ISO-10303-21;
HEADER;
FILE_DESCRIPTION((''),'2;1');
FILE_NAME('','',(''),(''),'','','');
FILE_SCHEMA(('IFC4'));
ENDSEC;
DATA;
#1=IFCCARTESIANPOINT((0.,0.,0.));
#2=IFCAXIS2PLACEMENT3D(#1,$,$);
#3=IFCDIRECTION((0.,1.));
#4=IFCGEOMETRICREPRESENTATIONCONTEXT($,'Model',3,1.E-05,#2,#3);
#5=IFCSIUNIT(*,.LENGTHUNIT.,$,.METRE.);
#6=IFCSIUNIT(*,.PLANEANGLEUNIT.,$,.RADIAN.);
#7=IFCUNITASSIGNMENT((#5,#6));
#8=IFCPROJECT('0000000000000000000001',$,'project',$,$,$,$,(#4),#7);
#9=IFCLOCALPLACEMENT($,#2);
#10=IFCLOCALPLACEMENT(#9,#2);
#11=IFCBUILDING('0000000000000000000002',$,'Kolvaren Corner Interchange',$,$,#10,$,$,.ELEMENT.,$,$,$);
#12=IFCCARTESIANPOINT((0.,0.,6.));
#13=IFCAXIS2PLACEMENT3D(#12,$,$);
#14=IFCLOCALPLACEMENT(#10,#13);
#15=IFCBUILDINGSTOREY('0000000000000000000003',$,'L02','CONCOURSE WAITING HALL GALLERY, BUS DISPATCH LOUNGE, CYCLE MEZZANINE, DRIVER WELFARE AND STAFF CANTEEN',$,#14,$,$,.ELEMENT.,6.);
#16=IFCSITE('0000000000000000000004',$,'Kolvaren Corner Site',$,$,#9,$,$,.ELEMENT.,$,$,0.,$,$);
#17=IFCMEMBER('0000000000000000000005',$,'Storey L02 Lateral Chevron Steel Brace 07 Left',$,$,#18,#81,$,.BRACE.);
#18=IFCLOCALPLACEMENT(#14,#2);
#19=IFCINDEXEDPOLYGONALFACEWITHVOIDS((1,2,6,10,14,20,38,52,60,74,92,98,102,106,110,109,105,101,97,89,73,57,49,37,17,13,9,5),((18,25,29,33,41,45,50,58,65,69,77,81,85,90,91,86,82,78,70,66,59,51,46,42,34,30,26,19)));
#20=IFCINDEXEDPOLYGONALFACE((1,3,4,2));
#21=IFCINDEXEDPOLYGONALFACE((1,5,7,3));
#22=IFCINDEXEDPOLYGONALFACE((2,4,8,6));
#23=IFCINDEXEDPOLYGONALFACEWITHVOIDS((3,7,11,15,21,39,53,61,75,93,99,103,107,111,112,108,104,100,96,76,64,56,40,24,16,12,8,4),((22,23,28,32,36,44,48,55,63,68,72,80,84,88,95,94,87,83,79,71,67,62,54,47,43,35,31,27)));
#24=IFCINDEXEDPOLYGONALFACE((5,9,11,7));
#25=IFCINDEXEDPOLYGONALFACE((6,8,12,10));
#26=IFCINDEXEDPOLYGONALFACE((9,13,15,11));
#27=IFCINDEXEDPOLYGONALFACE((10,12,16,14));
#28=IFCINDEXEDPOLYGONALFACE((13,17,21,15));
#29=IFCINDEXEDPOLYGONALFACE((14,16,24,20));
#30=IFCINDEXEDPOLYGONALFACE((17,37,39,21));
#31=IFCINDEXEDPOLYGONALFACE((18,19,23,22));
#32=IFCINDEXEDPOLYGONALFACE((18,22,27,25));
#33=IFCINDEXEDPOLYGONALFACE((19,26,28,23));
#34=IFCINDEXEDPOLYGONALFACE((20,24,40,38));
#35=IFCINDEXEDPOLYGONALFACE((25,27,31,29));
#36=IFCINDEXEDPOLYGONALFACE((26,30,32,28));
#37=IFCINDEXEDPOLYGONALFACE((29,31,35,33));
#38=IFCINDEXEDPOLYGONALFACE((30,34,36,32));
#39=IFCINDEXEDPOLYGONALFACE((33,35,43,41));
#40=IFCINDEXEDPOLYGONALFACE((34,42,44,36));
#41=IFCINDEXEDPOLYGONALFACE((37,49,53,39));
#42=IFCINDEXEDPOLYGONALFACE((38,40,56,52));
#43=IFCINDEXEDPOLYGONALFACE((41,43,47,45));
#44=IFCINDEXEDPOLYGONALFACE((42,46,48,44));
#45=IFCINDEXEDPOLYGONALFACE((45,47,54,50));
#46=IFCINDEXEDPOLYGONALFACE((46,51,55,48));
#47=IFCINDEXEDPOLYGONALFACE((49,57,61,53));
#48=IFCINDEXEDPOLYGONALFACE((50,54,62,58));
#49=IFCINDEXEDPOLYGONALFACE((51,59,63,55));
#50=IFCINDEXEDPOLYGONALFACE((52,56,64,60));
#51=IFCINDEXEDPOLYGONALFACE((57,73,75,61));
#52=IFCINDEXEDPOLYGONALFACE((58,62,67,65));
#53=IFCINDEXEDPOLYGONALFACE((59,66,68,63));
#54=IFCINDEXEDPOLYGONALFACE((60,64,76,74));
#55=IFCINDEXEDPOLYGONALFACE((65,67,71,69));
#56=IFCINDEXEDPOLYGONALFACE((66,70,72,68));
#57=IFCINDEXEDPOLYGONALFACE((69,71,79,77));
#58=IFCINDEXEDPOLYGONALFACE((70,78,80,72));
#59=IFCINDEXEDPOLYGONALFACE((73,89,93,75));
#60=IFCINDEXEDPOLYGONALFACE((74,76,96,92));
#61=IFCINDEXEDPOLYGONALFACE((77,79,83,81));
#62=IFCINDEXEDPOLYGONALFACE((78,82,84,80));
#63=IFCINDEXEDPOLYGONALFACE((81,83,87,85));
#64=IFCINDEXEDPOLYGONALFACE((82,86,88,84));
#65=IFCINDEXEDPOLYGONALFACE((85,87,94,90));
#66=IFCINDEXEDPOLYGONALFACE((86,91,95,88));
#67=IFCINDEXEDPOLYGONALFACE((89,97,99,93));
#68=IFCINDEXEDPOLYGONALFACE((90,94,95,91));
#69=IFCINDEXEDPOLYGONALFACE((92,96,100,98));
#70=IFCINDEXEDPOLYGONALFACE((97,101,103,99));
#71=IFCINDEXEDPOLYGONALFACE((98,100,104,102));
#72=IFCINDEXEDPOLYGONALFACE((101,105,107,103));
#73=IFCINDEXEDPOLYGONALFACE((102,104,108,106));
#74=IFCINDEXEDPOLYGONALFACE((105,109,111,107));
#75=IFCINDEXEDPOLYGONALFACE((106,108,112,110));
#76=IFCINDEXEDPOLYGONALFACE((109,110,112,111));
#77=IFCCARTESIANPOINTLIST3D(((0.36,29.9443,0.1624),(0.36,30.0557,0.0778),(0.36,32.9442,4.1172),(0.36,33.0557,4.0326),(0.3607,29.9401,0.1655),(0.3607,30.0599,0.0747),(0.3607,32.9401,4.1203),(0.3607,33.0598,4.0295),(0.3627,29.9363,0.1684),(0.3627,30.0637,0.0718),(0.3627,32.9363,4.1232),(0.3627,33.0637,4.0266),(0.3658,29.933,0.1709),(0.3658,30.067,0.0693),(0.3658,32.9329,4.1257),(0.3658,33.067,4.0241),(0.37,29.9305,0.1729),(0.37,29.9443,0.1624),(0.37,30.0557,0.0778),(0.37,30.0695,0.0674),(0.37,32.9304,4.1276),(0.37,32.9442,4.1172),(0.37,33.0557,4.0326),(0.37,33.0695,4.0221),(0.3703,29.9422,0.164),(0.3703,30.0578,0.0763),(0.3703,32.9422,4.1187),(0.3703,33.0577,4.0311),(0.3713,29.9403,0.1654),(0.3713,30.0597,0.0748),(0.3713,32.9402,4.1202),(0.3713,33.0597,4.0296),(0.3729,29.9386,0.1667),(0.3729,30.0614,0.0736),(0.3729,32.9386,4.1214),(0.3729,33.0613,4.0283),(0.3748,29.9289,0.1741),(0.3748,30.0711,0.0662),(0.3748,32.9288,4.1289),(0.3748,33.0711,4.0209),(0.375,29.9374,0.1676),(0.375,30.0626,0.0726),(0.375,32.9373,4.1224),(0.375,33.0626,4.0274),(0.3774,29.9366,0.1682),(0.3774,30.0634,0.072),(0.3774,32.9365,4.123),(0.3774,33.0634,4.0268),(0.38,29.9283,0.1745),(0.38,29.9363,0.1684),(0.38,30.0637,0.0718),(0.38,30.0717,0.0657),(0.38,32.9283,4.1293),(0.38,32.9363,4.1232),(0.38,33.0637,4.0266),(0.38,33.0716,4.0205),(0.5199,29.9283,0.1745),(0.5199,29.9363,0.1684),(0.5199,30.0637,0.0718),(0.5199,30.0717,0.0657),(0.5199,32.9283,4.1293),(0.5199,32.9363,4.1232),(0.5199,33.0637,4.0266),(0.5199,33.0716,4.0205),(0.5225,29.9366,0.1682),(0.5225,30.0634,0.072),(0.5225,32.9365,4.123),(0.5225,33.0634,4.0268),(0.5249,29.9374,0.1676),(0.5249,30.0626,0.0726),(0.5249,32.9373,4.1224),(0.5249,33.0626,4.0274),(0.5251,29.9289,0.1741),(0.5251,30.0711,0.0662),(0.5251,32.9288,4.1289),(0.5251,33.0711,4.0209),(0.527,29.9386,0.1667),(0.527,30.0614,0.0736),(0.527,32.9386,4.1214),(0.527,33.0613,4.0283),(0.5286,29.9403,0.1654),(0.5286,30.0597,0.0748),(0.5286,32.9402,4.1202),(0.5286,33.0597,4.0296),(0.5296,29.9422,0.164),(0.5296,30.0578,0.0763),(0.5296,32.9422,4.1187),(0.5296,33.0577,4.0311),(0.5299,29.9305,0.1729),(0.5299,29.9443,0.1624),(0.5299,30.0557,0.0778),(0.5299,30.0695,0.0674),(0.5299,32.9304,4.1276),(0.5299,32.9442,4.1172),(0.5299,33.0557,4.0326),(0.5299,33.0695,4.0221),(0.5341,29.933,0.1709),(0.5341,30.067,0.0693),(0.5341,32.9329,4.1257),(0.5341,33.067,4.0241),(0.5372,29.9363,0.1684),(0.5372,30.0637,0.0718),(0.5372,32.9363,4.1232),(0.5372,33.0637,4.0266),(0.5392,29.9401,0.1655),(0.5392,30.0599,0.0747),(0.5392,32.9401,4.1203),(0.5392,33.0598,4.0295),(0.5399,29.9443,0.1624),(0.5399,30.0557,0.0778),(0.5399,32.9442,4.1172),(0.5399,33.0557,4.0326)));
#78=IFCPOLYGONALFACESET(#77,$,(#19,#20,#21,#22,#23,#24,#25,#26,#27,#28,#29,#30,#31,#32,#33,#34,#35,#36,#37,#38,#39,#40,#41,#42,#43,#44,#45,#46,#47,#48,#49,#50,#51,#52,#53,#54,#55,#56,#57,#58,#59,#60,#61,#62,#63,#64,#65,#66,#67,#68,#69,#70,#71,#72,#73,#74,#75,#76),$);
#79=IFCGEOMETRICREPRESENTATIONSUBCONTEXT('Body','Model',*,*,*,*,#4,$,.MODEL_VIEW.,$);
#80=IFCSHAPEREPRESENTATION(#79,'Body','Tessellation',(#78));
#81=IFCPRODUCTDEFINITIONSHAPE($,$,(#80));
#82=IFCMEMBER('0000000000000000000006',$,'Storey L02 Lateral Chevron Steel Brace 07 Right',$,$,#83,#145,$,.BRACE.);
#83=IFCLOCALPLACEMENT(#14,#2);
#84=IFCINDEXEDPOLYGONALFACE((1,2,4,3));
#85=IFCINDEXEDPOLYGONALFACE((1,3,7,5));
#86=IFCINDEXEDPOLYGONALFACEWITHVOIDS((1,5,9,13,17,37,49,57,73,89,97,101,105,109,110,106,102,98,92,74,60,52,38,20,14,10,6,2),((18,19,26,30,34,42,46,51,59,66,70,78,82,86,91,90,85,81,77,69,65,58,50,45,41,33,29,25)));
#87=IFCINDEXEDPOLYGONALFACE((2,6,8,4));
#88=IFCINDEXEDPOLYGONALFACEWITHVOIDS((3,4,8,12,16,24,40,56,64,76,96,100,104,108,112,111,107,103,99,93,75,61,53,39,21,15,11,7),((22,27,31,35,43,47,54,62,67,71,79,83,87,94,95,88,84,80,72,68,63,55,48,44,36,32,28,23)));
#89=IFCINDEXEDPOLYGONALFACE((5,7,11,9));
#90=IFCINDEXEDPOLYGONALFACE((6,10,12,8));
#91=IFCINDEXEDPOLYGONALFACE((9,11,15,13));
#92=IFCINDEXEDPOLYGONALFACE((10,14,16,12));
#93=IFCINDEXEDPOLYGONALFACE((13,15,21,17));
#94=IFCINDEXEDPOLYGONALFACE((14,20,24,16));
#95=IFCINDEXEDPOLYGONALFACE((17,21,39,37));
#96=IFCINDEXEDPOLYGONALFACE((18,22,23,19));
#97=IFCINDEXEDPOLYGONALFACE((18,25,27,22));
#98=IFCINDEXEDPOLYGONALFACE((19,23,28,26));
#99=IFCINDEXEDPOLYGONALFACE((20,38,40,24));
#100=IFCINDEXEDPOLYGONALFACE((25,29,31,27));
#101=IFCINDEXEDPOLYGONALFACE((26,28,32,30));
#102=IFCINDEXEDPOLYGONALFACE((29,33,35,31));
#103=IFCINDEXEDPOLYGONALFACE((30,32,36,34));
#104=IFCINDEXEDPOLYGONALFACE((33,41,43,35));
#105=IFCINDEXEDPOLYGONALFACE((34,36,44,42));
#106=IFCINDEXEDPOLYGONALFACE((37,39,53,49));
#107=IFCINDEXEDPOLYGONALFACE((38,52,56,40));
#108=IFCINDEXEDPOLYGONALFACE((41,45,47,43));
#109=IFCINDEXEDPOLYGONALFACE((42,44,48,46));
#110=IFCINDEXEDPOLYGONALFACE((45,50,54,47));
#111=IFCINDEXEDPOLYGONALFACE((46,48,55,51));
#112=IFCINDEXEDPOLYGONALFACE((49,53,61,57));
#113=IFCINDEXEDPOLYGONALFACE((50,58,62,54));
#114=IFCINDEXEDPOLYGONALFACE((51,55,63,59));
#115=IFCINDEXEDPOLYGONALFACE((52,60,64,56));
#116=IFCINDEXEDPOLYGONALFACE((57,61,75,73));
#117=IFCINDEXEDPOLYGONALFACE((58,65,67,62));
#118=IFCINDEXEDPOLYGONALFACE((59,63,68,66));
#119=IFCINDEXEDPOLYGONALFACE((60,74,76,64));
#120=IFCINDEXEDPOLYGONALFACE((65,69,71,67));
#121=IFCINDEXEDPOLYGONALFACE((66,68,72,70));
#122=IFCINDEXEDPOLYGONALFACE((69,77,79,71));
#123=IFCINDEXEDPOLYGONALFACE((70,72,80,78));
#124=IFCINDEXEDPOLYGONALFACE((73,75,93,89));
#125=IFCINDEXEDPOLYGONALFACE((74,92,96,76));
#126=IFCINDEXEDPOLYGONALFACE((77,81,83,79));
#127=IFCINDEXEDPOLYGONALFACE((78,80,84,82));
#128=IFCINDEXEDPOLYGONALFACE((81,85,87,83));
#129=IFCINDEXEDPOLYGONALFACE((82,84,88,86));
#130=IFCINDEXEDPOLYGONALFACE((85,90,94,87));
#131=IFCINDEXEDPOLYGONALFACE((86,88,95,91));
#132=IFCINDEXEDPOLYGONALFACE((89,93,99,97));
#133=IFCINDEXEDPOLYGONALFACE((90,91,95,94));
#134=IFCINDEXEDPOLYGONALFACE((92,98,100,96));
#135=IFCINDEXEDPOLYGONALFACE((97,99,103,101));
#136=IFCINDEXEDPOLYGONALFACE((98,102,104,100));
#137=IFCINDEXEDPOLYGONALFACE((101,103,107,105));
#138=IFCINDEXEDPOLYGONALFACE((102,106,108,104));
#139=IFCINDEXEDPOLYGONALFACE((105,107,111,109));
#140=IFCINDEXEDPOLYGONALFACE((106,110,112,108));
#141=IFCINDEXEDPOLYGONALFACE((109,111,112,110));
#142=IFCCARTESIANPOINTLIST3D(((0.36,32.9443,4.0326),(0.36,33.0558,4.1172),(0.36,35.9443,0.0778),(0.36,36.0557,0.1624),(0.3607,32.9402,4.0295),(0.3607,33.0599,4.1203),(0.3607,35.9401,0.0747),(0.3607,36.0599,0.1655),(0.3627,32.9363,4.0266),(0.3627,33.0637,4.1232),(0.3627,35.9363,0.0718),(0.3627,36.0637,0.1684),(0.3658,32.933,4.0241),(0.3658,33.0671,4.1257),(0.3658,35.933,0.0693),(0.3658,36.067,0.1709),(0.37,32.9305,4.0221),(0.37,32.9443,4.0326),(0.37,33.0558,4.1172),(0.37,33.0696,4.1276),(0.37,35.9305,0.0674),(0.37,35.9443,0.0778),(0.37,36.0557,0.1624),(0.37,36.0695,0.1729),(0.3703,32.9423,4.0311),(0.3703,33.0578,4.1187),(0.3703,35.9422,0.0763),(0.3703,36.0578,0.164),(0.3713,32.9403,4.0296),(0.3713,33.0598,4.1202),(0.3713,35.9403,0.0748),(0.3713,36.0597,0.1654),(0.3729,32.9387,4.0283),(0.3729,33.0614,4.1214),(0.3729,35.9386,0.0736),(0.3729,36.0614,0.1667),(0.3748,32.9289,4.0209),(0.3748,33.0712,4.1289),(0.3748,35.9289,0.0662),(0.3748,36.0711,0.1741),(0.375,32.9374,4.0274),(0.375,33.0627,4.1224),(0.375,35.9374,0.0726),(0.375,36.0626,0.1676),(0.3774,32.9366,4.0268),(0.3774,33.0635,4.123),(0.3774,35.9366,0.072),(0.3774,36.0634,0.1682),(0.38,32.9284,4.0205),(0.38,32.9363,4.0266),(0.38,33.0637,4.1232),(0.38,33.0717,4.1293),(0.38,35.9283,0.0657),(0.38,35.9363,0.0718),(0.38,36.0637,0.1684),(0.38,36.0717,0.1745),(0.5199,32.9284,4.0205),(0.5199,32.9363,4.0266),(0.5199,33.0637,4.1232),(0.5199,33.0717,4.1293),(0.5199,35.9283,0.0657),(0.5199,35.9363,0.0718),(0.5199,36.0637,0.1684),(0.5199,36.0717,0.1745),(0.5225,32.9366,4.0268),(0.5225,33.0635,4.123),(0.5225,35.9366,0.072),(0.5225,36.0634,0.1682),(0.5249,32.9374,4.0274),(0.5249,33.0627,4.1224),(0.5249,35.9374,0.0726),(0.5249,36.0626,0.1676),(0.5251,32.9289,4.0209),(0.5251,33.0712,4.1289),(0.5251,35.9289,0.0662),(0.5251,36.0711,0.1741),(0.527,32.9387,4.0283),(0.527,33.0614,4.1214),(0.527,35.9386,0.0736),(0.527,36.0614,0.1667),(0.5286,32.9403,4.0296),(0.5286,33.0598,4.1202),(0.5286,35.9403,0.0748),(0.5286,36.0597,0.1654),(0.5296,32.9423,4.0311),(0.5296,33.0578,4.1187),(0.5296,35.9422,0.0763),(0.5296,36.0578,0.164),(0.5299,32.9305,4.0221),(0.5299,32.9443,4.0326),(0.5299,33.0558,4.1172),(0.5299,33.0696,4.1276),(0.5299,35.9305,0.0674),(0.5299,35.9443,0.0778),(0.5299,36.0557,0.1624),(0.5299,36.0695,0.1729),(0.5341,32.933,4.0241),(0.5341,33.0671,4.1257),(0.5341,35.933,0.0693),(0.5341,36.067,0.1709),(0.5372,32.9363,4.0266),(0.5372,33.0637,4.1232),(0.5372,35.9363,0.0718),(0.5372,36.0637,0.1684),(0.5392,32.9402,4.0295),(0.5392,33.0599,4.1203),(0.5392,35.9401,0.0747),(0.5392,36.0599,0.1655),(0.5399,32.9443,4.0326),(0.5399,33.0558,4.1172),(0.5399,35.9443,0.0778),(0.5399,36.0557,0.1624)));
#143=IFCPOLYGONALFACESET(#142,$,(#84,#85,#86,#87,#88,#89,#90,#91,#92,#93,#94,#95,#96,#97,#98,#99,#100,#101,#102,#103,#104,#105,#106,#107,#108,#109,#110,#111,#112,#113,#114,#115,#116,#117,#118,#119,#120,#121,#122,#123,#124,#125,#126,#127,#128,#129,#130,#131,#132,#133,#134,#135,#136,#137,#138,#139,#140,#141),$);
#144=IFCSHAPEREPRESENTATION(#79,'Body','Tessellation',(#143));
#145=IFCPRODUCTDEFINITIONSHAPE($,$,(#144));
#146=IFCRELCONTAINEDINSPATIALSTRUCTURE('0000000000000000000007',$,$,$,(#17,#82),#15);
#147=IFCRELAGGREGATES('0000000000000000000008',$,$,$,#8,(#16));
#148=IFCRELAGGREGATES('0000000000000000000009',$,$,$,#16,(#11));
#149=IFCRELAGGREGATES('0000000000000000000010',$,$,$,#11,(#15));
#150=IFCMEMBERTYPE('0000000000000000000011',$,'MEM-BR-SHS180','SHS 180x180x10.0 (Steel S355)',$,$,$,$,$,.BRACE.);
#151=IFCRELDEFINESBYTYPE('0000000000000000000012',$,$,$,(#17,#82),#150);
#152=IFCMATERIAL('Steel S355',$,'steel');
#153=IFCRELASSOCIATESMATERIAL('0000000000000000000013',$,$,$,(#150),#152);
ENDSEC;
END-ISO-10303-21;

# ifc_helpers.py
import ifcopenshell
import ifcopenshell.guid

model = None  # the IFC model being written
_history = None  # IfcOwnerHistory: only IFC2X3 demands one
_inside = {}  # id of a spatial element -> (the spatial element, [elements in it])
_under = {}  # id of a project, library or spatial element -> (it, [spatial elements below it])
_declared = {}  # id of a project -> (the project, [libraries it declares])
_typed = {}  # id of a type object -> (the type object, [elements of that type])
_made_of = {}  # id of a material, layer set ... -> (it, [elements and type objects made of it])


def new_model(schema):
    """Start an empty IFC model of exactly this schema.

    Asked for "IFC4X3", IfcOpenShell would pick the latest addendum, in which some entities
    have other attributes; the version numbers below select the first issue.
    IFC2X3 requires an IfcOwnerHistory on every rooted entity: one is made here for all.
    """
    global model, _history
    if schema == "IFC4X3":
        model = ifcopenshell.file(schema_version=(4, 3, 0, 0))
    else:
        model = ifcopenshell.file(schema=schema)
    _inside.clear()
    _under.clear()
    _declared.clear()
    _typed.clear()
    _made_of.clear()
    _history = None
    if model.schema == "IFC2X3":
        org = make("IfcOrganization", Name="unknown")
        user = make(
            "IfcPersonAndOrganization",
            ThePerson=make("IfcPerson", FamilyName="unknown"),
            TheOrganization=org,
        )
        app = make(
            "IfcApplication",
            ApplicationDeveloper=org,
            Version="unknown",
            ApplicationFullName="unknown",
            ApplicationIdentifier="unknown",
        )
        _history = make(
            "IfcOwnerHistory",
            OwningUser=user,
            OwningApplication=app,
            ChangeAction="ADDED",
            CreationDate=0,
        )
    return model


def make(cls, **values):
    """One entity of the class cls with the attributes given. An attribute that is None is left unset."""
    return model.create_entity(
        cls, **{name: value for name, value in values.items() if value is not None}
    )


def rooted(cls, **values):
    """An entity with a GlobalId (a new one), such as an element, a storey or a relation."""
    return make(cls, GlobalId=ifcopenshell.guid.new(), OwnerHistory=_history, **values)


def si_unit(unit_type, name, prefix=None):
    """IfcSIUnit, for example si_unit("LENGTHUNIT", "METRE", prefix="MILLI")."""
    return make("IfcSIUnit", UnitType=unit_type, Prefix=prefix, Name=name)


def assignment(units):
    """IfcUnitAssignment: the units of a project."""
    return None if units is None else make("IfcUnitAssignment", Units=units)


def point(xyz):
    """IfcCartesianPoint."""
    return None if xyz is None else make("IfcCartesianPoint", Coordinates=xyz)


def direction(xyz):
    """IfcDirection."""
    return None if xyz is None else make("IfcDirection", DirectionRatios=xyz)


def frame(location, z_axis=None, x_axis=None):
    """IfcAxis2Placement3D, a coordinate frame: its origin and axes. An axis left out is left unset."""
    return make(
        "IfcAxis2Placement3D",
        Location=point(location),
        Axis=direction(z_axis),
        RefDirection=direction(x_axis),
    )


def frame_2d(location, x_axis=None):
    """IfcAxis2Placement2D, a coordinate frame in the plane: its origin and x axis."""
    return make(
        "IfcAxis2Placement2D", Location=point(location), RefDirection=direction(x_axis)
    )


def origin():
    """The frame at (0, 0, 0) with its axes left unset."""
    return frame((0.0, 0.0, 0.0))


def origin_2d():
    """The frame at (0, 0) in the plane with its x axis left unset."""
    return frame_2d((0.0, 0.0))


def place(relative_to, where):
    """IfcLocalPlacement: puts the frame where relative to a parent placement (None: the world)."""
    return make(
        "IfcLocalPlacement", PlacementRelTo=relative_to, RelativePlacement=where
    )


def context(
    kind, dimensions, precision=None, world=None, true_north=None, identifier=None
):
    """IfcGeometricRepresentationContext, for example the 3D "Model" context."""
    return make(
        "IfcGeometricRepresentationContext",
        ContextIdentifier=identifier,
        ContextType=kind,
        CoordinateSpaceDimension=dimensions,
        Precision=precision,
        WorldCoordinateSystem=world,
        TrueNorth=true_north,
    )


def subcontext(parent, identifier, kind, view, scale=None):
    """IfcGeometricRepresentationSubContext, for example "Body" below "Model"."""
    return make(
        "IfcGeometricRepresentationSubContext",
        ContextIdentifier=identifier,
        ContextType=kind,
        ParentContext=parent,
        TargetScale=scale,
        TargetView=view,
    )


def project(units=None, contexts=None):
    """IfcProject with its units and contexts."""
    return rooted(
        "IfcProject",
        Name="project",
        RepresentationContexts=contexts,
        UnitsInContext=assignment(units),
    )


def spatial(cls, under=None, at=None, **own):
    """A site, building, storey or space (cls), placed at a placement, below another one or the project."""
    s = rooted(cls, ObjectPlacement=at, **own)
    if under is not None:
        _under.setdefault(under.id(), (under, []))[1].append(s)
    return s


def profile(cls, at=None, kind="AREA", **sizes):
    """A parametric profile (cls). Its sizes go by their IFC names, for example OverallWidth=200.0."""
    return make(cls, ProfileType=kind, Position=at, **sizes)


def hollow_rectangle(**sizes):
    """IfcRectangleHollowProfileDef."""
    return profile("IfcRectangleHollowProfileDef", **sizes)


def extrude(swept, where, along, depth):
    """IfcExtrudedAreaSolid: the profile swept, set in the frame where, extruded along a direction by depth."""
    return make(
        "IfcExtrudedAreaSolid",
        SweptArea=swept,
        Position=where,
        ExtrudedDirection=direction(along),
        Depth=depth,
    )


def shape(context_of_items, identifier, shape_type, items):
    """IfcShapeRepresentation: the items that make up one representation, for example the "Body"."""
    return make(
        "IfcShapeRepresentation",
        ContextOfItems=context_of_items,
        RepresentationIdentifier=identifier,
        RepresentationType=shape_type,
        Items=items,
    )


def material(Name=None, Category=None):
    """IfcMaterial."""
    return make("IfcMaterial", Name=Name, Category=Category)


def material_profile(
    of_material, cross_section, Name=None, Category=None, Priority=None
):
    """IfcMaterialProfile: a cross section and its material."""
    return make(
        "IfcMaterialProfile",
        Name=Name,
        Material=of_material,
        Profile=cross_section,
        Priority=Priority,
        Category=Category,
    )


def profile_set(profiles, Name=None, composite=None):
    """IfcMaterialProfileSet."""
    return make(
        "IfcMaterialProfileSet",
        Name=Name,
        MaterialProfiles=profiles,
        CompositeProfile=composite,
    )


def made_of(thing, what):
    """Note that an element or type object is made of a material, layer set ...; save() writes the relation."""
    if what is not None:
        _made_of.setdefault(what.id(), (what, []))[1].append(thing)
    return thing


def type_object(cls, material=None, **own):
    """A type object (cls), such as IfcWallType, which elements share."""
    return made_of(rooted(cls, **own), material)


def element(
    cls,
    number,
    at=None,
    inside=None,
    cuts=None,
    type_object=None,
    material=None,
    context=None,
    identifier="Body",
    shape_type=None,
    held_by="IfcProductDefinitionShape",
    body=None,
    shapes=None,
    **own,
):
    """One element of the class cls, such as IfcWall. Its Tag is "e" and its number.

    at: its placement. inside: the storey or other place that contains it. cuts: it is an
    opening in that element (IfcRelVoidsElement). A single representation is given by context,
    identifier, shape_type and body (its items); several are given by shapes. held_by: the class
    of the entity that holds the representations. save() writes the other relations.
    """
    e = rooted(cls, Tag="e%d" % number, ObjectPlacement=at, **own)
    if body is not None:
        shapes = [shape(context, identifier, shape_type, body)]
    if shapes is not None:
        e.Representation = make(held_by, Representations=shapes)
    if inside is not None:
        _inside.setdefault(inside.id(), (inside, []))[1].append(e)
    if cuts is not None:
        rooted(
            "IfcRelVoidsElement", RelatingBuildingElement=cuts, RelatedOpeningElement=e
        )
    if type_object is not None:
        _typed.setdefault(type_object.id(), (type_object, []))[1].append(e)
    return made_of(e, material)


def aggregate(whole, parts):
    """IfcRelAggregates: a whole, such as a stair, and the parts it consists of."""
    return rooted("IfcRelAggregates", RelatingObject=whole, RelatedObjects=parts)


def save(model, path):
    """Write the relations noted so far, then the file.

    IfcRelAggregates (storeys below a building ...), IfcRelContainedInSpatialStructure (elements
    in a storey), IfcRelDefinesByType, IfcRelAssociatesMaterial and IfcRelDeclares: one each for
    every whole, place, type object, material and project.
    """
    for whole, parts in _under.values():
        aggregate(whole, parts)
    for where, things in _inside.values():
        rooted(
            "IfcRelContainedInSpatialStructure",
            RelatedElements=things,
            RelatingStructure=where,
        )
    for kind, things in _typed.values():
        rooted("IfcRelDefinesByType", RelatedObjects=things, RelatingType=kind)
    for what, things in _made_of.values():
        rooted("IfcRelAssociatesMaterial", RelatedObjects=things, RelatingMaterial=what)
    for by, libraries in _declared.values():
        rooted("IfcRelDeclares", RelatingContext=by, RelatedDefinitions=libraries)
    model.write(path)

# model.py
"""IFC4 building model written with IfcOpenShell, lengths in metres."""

from ifc_helpers import new_model, si_unit, direction, frame, origin, origin_2d, place, context, subcontext, project, spatial, hollow_rectangle, extrude, material, material_profile, profile_set, type_object, element, save


model = new_model("IFC4")

# Units and contexts
model_context = context("Model", 3, precision=1e-05, world=origin(), true_north=direction((0.0, 1.0)))
body_context = subcontext(model_context, "Body", "Model", "MODEL_VIEW")
ifc_project = project(units=[si_unit("LENGTHUNIT", "METRE"), si_unit("PLANEANGLEUNIT", "RADIAN")], contexts=[model_context])

# Site, building, storey
site_placement = place(None, origin())
site = spatial("IfcSite", under=ifc_project, at=site_placement, Name="Kolvaren Corner Site", CompositionType="ELEMENT", RefElevation=0.0)
building_placement = place(site_placement, origin())
building = spatial("IfcBuilding", under=site, at=building_placement, Name="Kolvaren Corner Interchange", CompositionType="ELEMENT")
storey_placement = place(building_placement, frame((0.0, 0.0, 6.0)))
storey = spatial("IfcBuildingStorey", under=building, at=storey_placement, Name="L02", Description="CONCOURSE WAITING HALL GALLERY, BUS DISPATCH LOUNGE, CYCLE MEZZANINE, DRIVER WELFARE AND STAFF CANTEEN", CompositionType="ELEMENT", Elevation=6.0)

# Members
ifc_material_1 = material(Name="Steel S355", Category="steel")
ifc_material_profile_1 = material_profile(ifc_material_1, hollow_rectangle(XDim=0.1799, YDim=0.1799, WallThickness=0.01, InnerFilletRadius=0.01, OuterFilletRadius=0.02, at=origin_2d()), Name="SHS 180x180x10.0")
ifc_profile_set_1 = profile_set([ifc_material_profile_1], Name="Steel S355")
member_type = type_object("IfcMemberType", Name="MEM-BR-SHS180", Description="SHS 180x180x10.0 (Steel S355)", PredefinedType="BRACE", material=ifc_profile_set_1)
for number, where, z_axis, x_axis, name in (
    (1, (0.45, 30.0, 0.1201), (0.0, 0.604358, 0.796713), (-1.0, 0.0, 0.0), "Storey L02 Lateral Chevron Steel Brace 07 Left"),
    (2, (0.45, 36.0, 0.1201), (0.0, -0.604358, 0.796713), (1.0, 0.0, 0.0), "Storey L02 Lateral Chevron Steel Brace 07 Right"),
):
    element("IfcMember", number, at=place(storey_placement, frame(where, z_axis=z_axis, x_axis=x_axis)), inside=storey, type_object=member_type, Name=name, PredefinedType="BRACE", context=body_context, shape_type="SweptSolid", body=[
        extrude(hollow_rectangle(XDim=0.1799, YDim=0.1799, WallThickness=0.01, InnerFilletRadius=0.01, OuterFilletRadius=0.02, at=origin_2d()), origin(), (0.0, 0.0, 1.0), 4.9639),
    ])

save(model, "model.ifc")
